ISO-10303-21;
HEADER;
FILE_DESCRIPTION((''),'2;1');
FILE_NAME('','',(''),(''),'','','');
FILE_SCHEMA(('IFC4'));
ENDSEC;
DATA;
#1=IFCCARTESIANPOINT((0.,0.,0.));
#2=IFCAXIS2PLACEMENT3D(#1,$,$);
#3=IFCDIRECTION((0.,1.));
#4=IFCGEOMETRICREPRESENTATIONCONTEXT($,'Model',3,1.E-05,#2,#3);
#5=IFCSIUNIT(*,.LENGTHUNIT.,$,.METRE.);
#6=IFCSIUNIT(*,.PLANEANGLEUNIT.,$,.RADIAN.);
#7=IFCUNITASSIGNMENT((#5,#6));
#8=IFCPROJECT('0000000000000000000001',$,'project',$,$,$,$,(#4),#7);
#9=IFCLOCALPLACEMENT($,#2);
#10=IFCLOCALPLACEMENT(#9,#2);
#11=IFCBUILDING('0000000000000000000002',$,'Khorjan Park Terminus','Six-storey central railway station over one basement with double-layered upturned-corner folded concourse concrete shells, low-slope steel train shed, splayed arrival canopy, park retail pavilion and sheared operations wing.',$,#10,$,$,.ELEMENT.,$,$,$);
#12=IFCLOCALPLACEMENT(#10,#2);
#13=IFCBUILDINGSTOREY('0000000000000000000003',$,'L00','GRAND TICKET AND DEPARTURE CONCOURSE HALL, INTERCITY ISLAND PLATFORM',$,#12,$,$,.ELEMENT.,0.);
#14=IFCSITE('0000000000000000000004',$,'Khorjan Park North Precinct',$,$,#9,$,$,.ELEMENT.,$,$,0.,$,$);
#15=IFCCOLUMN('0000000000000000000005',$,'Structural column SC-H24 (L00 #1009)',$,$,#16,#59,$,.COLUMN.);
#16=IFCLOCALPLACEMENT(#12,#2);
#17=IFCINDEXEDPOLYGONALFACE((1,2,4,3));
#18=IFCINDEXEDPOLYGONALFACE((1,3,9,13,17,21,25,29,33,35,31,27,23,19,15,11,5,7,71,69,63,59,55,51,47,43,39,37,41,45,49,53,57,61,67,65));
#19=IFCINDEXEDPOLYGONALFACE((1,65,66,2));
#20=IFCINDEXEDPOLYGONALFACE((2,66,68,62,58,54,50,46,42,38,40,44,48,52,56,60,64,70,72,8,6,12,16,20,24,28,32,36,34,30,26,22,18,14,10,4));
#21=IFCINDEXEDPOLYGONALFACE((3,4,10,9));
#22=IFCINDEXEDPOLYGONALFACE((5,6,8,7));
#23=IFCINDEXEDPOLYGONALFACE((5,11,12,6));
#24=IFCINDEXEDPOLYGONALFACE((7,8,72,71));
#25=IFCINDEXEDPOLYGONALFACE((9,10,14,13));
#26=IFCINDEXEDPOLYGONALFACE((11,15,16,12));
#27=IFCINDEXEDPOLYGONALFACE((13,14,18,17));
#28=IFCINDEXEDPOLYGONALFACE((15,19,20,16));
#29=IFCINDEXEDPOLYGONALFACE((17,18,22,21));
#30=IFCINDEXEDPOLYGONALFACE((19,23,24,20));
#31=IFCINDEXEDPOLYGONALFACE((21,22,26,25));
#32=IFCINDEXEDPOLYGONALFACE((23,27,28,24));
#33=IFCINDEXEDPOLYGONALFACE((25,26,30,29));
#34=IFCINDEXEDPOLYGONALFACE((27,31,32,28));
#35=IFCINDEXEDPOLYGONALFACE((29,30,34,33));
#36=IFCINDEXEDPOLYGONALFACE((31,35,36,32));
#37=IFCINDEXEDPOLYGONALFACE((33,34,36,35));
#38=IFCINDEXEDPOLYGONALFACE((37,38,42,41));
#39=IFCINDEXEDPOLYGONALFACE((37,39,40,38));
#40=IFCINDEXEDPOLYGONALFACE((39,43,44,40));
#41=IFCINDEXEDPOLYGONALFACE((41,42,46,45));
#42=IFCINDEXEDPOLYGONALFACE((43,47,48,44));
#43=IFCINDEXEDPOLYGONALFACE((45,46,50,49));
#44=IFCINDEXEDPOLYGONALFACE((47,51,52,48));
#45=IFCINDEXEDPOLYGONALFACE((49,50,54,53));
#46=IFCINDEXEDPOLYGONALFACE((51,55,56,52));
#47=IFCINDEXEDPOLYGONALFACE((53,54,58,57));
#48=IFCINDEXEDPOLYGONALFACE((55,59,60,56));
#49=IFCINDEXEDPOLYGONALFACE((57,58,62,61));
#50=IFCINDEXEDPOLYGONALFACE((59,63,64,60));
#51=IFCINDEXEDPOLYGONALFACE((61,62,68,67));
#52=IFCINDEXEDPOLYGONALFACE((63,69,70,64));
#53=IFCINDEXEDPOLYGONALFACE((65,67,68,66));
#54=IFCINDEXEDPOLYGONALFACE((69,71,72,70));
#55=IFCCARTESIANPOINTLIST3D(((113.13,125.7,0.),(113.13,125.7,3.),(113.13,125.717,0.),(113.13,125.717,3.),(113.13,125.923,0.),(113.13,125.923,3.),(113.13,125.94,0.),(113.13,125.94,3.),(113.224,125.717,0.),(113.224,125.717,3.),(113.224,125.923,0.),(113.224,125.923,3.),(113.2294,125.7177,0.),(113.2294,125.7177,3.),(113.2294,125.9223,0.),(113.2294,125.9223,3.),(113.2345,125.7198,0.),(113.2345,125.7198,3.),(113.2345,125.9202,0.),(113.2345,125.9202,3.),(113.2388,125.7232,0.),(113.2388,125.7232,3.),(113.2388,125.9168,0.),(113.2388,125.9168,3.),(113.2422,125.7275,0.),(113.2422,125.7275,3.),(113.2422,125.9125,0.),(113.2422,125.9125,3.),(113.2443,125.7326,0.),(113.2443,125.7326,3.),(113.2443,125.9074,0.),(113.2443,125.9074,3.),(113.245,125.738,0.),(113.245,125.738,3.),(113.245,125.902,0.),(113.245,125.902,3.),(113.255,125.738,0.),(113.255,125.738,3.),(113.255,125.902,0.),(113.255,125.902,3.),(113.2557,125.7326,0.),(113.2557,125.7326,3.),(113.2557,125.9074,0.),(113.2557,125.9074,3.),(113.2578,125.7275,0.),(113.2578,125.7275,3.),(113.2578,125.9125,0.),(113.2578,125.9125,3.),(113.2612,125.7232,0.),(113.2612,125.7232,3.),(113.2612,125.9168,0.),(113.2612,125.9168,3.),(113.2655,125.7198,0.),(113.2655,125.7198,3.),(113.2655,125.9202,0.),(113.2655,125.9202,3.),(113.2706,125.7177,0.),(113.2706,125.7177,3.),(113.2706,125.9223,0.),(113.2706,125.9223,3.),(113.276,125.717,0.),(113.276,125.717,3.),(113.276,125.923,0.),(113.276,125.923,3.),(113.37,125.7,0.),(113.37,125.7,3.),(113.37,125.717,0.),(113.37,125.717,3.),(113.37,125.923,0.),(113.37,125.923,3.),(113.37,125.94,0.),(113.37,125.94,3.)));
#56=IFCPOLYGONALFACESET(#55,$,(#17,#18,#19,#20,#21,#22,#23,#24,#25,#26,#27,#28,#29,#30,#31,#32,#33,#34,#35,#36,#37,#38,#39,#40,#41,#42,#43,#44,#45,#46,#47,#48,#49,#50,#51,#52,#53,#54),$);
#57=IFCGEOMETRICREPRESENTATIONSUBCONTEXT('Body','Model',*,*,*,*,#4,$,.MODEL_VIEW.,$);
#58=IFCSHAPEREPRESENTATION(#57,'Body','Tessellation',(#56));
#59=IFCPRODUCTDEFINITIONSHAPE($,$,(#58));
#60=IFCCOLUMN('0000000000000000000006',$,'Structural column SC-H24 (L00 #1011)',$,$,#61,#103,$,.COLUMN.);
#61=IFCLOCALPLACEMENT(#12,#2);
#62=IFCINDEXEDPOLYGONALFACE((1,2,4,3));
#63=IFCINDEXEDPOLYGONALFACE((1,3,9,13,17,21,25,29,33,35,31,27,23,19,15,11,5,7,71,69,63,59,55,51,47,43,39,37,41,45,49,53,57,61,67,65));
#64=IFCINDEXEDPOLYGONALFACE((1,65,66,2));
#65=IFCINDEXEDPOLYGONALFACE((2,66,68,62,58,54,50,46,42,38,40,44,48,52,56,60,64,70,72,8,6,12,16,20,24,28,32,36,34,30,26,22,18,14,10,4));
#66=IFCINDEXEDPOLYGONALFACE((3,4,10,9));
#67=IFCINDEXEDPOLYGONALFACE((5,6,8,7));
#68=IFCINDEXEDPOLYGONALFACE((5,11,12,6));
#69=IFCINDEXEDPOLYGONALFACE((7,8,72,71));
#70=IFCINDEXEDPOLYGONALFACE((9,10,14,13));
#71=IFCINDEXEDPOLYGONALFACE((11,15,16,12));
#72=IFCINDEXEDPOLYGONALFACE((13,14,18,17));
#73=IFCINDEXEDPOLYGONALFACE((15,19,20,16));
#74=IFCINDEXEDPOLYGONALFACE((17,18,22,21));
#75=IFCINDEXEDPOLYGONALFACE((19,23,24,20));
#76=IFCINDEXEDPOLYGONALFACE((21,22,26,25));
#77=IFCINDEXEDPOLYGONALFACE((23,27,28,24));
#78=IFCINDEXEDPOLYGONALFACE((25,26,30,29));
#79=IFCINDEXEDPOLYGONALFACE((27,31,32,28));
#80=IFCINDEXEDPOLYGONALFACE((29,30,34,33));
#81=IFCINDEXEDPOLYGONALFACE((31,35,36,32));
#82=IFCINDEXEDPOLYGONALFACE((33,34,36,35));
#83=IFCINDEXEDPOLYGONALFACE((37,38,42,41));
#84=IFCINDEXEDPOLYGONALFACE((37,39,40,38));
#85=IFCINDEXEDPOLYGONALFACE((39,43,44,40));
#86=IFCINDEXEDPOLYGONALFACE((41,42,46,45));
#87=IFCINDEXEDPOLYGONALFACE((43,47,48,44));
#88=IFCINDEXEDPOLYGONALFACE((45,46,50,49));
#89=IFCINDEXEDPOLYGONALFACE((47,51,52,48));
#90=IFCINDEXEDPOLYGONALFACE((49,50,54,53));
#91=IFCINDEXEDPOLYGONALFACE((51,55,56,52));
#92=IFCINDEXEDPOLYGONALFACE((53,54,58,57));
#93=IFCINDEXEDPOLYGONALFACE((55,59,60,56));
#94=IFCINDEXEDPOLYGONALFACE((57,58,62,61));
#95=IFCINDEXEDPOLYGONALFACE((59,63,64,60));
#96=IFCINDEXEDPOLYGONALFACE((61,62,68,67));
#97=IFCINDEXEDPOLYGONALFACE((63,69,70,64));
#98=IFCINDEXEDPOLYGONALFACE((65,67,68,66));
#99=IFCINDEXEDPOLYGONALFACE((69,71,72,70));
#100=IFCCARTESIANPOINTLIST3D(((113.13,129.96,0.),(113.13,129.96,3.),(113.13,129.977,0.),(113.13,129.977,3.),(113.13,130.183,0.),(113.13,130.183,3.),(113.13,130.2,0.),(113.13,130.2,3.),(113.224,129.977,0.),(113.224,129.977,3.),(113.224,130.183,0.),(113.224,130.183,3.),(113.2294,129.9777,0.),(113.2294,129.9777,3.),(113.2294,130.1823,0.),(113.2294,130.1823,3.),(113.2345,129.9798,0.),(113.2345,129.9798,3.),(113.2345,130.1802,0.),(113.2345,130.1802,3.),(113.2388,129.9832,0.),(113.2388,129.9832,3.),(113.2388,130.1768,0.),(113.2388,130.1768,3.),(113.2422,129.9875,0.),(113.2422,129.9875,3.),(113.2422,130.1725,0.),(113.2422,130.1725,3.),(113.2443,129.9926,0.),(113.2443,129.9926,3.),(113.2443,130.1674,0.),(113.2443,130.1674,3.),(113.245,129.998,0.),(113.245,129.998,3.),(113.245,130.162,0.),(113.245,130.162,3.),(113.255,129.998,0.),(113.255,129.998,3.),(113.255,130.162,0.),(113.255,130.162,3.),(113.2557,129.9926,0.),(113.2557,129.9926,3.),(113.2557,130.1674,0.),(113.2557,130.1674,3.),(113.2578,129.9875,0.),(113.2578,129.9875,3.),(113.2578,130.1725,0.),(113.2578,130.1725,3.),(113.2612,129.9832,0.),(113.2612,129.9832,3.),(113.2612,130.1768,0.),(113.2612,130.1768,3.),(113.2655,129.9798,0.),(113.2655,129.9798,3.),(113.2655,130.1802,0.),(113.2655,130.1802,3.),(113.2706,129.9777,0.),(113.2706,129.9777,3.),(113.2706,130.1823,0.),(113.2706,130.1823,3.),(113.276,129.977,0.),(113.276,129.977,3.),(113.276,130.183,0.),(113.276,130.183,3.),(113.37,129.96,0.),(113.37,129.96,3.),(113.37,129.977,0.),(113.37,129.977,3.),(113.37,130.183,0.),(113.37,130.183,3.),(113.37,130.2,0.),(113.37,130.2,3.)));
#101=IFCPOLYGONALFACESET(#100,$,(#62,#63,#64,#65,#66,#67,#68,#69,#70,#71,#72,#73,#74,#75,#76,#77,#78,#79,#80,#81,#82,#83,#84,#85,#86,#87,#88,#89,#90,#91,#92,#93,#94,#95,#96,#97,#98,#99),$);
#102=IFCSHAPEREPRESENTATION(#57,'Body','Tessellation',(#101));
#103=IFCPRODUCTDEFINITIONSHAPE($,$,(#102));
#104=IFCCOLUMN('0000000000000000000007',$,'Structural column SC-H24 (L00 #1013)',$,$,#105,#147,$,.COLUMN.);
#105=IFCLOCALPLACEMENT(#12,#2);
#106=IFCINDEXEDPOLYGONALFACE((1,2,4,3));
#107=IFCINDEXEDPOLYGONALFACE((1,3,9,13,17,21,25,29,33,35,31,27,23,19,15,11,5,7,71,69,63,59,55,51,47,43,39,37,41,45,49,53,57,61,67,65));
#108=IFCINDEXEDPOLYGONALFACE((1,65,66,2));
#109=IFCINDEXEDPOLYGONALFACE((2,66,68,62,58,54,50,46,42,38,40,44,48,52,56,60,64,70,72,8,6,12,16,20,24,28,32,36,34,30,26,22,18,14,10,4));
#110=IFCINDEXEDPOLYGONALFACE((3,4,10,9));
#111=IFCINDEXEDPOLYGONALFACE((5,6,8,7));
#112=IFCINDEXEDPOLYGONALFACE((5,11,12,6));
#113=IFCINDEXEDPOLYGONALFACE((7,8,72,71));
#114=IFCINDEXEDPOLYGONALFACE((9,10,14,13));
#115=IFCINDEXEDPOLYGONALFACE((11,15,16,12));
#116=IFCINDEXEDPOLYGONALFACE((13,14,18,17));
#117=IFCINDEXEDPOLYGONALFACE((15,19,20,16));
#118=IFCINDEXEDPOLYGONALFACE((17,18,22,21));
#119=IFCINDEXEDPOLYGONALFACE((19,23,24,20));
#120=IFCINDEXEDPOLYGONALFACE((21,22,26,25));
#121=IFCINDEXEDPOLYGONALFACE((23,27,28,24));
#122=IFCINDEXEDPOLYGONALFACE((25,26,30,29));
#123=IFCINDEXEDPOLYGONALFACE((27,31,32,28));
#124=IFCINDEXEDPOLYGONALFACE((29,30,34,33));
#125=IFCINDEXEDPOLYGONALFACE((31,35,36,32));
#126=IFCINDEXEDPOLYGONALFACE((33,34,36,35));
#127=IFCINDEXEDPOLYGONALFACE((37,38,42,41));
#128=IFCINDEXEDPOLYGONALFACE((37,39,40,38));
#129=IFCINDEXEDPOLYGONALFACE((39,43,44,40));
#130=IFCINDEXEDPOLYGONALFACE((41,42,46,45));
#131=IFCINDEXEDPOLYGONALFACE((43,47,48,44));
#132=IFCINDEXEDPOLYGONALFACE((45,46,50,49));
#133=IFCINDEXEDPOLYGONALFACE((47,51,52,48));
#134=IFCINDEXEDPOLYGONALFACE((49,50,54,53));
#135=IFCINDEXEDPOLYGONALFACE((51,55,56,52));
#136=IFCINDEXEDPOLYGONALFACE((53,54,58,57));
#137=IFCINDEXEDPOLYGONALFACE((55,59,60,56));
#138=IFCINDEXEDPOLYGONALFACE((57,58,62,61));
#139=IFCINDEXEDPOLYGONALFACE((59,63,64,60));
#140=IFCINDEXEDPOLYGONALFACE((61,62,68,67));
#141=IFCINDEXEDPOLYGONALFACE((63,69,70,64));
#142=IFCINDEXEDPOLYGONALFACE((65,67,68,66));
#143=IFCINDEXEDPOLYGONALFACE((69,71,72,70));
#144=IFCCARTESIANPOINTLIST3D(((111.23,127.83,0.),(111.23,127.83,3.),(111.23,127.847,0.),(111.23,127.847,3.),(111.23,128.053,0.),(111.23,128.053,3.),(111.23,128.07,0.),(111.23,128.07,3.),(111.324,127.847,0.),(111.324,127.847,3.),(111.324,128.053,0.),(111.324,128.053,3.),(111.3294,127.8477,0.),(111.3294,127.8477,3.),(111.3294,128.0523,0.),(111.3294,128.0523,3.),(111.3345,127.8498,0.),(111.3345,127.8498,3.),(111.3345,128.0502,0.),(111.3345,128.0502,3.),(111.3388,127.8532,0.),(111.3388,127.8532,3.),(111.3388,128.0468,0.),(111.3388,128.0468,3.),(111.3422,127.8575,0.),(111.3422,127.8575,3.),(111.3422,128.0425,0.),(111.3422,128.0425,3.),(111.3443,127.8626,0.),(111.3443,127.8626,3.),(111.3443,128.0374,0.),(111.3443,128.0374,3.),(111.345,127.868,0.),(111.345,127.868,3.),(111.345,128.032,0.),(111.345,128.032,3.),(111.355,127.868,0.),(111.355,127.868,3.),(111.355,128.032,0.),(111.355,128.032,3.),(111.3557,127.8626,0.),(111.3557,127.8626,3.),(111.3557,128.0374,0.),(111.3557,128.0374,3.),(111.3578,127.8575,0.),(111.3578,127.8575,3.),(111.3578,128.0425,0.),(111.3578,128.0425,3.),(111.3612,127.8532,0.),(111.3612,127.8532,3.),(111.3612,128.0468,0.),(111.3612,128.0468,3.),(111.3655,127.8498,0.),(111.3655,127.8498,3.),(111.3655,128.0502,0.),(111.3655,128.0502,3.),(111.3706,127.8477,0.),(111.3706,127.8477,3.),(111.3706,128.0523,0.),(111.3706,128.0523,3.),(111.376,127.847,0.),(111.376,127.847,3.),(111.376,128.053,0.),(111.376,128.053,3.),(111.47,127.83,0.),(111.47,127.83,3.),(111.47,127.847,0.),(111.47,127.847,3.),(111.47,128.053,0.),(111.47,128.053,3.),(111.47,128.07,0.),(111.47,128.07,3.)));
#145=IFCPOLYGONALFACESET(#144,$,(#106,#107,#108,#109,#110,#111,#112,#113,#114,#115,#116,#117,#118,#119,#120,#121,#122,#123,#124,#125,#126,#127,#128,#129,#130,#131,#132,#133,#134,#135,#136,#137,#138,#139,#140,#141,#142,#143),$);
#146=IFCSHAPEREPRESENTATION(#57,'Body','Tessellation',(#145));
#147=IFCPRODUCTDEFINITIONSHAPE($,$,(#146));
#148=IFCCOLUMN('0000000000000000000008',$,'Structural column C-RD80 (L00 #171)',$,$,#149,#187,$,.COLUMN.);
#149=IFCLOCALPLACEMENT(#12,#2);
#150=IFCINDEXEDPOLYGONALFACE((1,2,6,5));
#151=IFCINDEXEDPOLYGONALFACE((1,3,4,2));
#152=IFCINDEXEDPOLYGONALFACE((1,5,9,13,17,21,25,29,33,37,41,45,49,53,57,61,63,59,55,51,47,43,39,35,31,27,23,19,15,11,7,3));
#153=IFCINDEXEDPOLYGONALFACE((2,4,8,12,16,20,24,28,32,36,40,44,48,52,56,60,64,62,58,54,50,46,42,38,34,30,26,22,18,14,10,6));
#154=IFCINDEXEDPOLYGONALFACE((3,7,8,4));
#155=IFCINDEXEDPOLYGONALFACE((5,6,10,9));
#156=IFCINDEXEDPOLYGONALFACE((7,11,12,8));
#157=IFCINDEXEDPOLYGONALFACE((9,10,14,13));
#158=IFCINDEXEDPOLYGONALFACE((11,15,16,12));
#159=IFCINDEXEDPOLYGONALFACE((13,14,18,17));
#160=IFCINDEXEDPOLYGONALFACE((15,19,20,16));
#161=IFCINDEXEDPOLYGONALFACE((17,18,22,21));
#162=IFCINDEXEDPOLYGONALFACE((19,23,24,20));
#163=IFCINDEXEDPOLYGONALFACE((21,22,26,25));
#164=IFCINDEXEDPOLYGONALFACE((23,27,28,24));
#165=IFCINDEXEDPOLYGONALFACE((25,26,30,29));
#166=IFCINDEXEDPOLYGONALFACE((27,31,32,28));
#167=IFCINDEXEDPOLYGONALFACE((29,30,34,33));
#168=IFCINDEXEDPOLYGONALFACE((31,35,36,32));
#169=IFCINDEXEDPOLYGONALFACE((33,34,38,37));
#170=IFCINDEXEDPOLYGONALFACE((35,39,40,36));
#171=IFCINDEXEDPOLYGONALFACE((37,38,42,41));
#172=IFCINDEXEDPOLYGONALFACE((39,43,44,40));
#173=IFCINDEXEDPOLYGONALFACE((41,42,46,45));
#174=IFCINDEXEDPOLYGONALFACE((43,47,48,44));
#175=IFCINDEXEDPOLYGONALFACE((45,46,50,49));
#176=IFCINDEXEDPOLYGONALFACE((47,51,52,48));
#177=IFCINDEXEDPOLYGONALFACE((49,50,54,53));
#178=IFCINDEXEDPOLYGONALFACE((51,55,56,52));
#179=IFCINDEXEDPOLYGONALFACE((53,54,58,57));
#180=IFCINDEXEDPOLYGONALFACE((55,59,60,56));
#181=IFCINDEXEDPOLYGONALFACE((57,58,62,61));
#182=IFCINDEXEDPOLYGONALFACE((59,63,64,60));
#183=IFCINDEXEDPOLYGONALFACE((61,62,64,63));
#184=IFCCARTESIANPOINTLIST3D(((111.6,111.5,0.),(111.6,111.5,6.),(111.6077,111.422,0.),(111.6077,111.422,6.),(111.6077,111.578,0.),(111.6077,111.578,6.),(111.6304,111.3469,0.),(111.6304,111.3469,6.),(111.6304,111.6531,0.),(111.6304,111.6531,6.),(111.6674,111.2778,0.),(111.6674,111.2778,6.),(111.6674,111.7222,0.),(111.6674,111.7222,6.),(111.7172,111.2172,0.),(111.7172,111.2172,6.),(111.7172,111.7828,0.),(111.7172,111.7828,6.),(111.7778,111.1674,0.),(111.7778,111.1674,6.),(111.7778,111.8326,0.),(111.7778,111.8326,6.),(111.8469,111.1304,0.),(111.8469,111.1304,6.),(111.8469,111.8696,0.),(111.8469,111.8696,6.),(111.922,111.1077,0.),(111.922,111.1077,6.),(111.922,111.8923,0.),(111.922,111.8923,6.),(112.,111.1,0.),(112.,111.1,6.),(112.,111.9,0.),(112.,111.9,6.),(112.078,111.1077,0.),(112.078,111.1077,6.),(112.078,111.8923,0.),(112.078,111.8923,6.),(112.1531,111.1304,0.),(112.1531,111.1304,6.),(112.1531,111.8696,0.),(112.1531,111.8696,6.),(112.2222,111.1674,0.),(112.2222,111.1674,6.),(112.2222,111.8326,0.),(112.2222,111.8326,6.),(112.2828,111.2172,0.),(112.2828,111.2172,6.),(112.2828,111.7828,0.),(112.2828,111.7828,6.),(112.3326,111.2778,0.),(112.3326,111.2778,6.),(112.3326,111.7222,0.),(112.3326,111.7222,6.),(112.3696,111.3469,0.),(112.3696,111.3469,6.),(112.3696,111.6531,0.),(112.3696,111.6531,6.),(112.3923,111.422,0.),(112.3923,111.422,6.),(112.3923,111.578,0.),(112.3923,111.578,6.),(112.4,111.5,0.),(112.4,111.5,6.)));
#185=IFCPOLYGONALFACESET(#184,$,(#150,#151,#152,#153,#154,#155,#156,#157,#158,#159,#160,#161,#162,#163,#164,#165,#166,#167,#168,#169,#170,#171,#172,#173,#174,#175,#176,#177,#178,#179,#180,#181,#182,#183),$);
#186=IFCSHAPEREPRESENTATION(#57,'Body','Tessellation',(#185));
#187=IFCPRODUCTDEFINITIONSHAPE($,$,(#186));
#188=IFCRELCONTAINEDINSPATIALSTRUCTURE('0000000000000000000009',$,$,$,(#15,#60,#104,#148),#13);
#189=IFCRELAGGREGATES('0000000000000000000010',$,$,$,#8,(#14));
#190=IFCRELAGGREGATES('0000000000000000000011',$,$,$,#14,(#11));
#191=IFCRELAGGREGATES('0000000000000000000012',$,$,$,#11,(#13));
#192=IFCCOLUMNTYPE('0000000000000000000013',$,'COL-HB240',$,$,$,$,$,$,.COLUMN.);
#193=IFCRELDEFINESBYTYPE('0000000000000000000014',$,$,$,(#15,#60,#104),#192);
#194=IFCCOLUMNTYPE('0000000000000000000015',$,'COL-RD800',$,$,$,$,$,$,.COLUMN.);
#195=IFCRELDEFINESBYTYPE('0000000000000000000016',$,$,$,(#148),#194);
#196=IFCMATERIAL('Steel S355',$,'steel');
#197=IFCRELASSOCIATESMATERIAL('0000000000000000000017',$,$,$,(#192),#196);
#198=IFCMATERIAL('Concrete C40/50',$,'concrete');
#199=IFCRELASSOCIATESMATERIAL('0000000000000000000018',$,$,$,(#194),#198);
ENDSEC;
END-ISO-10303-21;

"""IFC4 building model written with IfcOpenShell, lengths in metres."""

from ifc_helpers import new_model, si_unit, direction, frame, origin, origin_2d, place, context, subcontext, project, spatial, circle, i_section, extrude, material, material_profile, profile_set, type_object, element, save


model = new_model("IFC4")

# Units and contexts
model_context = context("Model", 3, precision=1e-05, world=origin(), true_north=direction((0.0, 1.0)))
body_context = subcontext(model_context, "Body", "Model", "MODEL_VIEW")
ifc_project = project(units=[si_unit("LENGTHUNIT", "METRE"), si_unit("PLANEANGLEUNIT", "RADIAN")], contexts=[model_context])

# Site, building, storey
site_placement = place(None, origin())
site = spatial("IfcSite", under=ifc_project, at=site_placement, Name="Khorjan Park North Precinct", CompositionType="ELEMENT", RefElevation=0.0)
building_placement = place(site_placement, origin())
building = spatial("IfcBuilding", under=site, at=building_placement, Name="Khorjan Park Terminus", Description="Six-storey central railway station over one basement with double-layered upturned-corner folded concourse concrete shells, low-slope steel train shed, splayed arrival canopy, park retail pavilion and sheared operations wing.", CompositionType="ELEMENT")
storey_placement = place(building_placement, origin())
storey = spatial("IfcBuildingStorey", under=building, at=storey_placement, Name="L00", Description="GRAND TICKET AND DEPARTURE CONCOURSE HALL, INTERCITY ISLAND PLATFORM", CompositionType="ELEMENT", Elevation=0.0)

# Columns
ifc_material_1 = material(Name="Steel S355", Category="steel")
ifc_material_profile_1 = material_profile(ifc_material_1, i_section(OverallWidth=0.24, OverallDepth=0.24, WebThickness=0.01, FlangeThickness=0.017, FilletRadius=0.021, at=origin_2d()), Name="HEB 240")
ifc_profile_set_1 = profile_set([ifc_material_profile_1], Name="Steel S355")
column_type_1 = type_object("IfcColumnType", Name="COL-HB240", PredefinedType="COLUMN", material=ifc_profile_set_1)
for number, where, z_axis, x_axis, name in (
    (1, (113.25, 125.82, 0.0), (0.0, 0.0, 1.0), (1.0, 0.0, 0.0), "Structural column SC-H24 (L00 #1009)"),
    (2, (113.25, 130.08, 0.0), (0.0, 0.0, 1.0), (1.0, 0.0, 0.0), "Structural column SC-H24 (L00 #1011)"),
    (3, (111.35, 127.95, 0.0), (0.0, 0.0, 1.0), (1.0, 0.0, 0.0), "Structural column SC-H24 (L00 #1013)"),
):
    element("IfcColumn", number, at=place(storey_placement, frame(where, z_axis=z_axis, x_axis=x_axis)), inside=storey, type_object=column_type_1, Name=name, PredefinedType="COLUMN", context=body_context, shape_type="SweptSolid", body=[
        extrude(i_section(OverallWidth=0.24, OverallDepth=0.24, WebThickness=0.01, FlangeThickness=0.017, FilletRadius=0.021, at=origin_2d()), origin(), (0.0, 0.0, 1.0), 3.0),
    ])
ifc_material_2 = material(Name="Concrete C40/50", Category="concrete")
ifc_material_profile_2 = material_profile(ifc_material_2, circle(Radius=0.4, at=origin_2d()), Name="RC D800")
ifc_profile_set_2 = profile_set([ifc_material_profile_2], Name="Concrete C40/50")
column_type_2 = type_object("IfcColumnType", Name="COL-RD800", PredefinedType="COLUMN", material=ifc_profile_set_2)
for number, where, z_axis, x_axis, name in (
    (4, (112.0, 111.5, 0.0), (0.0, 0.0, 1.0), (1.0, 0.0, 0.0), "Structural column C-RD80 (L00 #171)"),
):
    element("IfcColumn", number, at=place(storey_placement, frame(where, z_axis=z_axis, x_axis=x_axis)), inside=storey, type_object=column_type_2, Name=name, PredefinedType="COLUMN", context=body_context, shape_type="SweptSolid", body=[
        extrude(circle(Radius=0.4, at=origin_2d()), origin(), (0.0, 0.0, 1.0), 6.0),
    ])

save(model, "model.ifc")
